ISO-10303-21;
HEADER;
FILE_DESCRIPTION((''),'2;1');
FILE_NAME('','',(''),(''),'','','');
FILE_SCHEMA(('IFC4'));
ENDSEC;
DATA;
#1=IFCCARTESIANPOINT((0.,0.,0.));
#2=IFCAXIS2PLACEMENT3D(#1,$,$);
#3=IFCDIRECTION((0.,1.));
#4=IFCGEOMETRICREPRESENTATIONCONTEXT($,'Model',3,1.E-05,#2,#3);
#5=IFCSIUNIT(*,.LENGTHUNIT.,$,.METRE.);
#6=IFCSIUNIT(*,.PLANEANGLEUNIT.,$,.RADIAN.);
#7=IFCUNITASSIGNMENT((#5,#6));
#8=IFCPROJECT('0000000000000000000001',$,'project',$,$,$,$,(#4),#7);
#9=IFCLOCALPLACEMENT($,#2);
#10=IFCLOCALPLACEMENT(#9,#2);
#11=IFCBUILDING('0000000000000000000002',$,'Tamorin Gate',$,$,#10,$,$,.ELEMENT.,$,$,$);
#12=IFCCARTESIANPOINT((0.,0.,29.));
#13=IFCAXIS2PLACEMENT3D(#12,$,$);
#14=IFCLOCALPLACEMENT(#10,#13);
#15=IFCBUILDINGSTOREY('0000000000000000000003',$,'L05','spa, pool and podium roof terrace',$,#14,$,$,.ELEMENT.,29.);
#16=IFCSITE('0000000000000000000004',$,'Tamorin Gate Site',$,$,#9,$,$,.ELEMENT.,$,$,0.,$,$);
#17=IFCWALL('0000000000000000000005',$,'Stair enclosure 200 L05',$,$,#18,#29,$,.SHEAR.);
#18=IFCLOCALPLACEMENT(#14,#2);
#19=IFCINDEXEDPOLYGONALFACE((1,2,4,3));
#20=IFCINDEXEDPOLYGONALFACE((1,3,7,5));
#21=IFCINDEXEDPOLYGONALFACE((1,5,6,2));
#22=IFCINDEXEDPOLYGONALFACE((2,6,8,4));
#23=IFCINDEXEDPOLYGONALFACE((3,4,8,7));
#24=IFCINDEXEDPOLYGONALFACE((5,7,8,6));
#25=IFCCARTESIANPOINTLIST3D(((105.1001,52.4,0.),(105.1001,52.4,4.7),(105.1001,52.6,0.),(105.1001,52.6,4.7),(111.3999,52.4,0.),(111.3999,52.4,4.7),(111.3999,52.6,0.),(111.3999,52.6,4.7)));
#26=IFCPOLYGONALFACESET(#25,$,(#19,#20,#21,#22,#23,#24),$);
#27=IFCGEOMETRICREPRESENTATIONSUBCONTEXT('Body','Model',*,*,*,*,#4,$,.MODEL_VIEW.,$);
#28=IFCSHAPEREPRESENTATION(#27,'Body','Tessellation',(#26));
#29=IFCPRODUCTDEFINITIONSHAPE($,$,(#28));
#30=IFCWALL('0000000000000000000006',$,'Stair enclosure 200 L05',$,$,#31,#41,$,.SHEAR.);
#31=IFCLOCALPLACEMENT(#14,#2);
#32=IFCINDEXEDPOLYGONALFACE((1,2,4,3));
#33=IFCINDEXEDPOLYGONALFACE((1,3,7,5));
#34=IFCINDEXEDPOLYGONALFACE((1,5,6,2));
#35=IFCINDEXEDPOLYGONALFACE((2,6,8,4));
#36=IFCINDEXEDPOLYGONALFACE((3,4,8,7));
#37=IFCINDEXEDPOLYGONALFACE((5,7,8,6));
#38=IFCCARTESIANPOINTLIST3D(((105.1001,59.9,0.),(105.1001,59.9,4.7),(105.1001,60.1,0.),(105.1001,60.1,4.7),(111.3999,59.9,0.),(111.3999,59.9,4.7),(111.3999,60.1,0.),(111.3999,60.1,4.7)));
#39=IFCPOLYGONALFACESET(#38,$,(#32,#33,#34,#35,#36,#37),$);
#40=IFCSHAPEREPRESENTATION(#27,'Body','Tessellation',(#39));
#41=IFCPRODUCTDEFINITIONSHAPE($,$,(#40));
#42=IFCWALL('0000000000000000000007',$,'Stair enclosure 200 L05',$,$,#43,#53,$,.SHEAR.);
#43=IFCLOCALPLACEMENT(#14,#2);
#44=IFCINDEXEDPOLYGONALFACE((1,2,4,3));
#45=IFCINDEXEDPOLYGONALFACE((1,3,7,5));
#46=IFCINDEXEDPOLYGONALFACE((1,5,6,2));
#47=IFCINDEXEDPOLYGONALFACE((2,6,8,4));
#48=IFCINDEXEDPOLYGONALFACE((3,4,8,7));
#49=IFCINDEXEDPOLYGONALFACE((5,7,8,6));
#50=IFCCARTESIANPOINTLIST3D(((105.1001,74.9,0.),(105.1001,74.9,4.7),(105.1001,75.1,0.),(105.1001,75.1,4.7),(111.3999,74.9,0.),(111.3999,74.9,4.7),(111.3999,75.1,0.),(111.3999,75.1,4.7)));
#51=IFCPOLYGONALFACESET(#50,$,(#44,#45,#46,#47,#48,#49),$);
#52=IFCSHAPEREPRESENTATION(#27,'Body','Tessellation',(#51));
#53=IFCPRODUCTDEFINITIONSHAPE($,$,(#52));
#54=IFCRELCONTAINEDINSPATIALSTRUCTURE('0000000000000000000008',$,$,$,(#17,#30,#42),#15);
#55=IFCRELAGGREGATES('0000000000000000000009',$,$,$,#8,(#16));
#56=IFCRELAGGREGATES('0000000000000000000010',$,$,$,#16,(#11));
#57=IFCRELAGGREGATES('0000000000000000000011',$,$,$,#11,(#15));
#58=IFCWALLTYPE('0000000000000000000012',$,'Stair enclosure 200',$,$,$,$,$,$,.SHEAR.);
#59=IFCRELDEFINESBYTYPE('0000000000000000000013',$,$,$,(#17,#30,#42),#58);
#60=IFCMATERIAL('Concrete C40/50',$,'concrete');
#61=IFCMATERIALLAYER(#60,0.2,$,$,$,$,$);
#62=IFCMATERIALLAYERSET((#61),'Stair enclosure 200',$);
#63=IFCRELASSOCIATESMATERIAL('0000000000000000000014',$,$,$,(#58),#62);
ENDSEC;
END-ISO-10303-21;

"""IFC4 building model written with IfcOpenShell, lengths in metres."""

from ifc_helpers import new_model, si_unit, direction, frame, frame_2d, origin, place, context, subcontext, project, spatial, rectangle, extrude, material, layer, layer_set, type_object, element, save


model = new_model("IFC4")

# Units and contexts
model_context = context("Model", 3, precision=1e-05, world=origin(), true_north=direction((0.0, 1.0)))
body_context = subcontext(model_context, "Body", "Model", "MODEL_VIEW")
ifc_project = project(units=[si_unit("LENGTHUNIT", "METRE"), si_unit("PLANEANGLEUNIT", "RADIAN")], contexts=[model_context])

# Site, building, storey
site_placement = place(None, origin())
site = spatial("IfcSite", under=ifc_project, at=site_placement, Name="Tamorin Gate Site", CompositionType="ELEMENT", RefElevation=0.0)
building_placement = place(site_placement, origin())
building = spatial("IfcBuilding", under=site, at=building_placement, Name="Tamorin Gate", CompositionType="ELEMENT")
storey_placement = place(building_placement, frame((0.0, 0.0, 29.0)))
storey = spatial("IfcBuildingStorey", under=building, at=storey_placement, Name="L05", Description="spa, pool and podium roof terrace", CompositionType="ELEMENT", Elevation=29.0)

# Walls
ifc_material_1 = material(Name="Concrete C40/50", Category="concrete")
ifc_layer_1 = layer(ifc_material_1, 0.2)
ifc_layer_set_1 = layer_set([ifc_layer_1], Name="Stair enclosure 200")
wall_type_1 = type_object("IfcWallType", Name="Stair enclosure 200", PredefinedType="SHEAR", material=ifc_layer_set_1)
for number, where, z_axis, x_axis, name in (
    (1, (105.1001, 52.5, 0.0), (0.0, 0.0, 1.0), (1.0, 0.0, 0.0), "Stair enclosure 200 L05"),
    (2, (105.1001, 60.0, 0.0), (0.0, 0.0, 1.0), (1.0, 0.0, 0.0), "Stair enclosure 200 L05"),
    (3, (105.1001, 75.0, 0.0), (0.0, 0.0, 1.0), (1.0, 0.0, 0.0), "Stair enclosure 200 L05"),
):
    element("IfcWall", number, at=place(storey_placement, frame(where, z_axis=z_axis, x_axis=x_axis)), inside=storey, type_object=wall_type_1, Name=name, PredefinedType="SHEAR", context=body_context, shape_type="SweptSolid", body=[
        extrude(rectangle(XDim=6.2998, YDim=0.2, at=frame_2d((3.1499, 0.0))), origin(), (0.0, 0.0, 1.0), 4.7),
    ])

save(model, "model.ifc")
